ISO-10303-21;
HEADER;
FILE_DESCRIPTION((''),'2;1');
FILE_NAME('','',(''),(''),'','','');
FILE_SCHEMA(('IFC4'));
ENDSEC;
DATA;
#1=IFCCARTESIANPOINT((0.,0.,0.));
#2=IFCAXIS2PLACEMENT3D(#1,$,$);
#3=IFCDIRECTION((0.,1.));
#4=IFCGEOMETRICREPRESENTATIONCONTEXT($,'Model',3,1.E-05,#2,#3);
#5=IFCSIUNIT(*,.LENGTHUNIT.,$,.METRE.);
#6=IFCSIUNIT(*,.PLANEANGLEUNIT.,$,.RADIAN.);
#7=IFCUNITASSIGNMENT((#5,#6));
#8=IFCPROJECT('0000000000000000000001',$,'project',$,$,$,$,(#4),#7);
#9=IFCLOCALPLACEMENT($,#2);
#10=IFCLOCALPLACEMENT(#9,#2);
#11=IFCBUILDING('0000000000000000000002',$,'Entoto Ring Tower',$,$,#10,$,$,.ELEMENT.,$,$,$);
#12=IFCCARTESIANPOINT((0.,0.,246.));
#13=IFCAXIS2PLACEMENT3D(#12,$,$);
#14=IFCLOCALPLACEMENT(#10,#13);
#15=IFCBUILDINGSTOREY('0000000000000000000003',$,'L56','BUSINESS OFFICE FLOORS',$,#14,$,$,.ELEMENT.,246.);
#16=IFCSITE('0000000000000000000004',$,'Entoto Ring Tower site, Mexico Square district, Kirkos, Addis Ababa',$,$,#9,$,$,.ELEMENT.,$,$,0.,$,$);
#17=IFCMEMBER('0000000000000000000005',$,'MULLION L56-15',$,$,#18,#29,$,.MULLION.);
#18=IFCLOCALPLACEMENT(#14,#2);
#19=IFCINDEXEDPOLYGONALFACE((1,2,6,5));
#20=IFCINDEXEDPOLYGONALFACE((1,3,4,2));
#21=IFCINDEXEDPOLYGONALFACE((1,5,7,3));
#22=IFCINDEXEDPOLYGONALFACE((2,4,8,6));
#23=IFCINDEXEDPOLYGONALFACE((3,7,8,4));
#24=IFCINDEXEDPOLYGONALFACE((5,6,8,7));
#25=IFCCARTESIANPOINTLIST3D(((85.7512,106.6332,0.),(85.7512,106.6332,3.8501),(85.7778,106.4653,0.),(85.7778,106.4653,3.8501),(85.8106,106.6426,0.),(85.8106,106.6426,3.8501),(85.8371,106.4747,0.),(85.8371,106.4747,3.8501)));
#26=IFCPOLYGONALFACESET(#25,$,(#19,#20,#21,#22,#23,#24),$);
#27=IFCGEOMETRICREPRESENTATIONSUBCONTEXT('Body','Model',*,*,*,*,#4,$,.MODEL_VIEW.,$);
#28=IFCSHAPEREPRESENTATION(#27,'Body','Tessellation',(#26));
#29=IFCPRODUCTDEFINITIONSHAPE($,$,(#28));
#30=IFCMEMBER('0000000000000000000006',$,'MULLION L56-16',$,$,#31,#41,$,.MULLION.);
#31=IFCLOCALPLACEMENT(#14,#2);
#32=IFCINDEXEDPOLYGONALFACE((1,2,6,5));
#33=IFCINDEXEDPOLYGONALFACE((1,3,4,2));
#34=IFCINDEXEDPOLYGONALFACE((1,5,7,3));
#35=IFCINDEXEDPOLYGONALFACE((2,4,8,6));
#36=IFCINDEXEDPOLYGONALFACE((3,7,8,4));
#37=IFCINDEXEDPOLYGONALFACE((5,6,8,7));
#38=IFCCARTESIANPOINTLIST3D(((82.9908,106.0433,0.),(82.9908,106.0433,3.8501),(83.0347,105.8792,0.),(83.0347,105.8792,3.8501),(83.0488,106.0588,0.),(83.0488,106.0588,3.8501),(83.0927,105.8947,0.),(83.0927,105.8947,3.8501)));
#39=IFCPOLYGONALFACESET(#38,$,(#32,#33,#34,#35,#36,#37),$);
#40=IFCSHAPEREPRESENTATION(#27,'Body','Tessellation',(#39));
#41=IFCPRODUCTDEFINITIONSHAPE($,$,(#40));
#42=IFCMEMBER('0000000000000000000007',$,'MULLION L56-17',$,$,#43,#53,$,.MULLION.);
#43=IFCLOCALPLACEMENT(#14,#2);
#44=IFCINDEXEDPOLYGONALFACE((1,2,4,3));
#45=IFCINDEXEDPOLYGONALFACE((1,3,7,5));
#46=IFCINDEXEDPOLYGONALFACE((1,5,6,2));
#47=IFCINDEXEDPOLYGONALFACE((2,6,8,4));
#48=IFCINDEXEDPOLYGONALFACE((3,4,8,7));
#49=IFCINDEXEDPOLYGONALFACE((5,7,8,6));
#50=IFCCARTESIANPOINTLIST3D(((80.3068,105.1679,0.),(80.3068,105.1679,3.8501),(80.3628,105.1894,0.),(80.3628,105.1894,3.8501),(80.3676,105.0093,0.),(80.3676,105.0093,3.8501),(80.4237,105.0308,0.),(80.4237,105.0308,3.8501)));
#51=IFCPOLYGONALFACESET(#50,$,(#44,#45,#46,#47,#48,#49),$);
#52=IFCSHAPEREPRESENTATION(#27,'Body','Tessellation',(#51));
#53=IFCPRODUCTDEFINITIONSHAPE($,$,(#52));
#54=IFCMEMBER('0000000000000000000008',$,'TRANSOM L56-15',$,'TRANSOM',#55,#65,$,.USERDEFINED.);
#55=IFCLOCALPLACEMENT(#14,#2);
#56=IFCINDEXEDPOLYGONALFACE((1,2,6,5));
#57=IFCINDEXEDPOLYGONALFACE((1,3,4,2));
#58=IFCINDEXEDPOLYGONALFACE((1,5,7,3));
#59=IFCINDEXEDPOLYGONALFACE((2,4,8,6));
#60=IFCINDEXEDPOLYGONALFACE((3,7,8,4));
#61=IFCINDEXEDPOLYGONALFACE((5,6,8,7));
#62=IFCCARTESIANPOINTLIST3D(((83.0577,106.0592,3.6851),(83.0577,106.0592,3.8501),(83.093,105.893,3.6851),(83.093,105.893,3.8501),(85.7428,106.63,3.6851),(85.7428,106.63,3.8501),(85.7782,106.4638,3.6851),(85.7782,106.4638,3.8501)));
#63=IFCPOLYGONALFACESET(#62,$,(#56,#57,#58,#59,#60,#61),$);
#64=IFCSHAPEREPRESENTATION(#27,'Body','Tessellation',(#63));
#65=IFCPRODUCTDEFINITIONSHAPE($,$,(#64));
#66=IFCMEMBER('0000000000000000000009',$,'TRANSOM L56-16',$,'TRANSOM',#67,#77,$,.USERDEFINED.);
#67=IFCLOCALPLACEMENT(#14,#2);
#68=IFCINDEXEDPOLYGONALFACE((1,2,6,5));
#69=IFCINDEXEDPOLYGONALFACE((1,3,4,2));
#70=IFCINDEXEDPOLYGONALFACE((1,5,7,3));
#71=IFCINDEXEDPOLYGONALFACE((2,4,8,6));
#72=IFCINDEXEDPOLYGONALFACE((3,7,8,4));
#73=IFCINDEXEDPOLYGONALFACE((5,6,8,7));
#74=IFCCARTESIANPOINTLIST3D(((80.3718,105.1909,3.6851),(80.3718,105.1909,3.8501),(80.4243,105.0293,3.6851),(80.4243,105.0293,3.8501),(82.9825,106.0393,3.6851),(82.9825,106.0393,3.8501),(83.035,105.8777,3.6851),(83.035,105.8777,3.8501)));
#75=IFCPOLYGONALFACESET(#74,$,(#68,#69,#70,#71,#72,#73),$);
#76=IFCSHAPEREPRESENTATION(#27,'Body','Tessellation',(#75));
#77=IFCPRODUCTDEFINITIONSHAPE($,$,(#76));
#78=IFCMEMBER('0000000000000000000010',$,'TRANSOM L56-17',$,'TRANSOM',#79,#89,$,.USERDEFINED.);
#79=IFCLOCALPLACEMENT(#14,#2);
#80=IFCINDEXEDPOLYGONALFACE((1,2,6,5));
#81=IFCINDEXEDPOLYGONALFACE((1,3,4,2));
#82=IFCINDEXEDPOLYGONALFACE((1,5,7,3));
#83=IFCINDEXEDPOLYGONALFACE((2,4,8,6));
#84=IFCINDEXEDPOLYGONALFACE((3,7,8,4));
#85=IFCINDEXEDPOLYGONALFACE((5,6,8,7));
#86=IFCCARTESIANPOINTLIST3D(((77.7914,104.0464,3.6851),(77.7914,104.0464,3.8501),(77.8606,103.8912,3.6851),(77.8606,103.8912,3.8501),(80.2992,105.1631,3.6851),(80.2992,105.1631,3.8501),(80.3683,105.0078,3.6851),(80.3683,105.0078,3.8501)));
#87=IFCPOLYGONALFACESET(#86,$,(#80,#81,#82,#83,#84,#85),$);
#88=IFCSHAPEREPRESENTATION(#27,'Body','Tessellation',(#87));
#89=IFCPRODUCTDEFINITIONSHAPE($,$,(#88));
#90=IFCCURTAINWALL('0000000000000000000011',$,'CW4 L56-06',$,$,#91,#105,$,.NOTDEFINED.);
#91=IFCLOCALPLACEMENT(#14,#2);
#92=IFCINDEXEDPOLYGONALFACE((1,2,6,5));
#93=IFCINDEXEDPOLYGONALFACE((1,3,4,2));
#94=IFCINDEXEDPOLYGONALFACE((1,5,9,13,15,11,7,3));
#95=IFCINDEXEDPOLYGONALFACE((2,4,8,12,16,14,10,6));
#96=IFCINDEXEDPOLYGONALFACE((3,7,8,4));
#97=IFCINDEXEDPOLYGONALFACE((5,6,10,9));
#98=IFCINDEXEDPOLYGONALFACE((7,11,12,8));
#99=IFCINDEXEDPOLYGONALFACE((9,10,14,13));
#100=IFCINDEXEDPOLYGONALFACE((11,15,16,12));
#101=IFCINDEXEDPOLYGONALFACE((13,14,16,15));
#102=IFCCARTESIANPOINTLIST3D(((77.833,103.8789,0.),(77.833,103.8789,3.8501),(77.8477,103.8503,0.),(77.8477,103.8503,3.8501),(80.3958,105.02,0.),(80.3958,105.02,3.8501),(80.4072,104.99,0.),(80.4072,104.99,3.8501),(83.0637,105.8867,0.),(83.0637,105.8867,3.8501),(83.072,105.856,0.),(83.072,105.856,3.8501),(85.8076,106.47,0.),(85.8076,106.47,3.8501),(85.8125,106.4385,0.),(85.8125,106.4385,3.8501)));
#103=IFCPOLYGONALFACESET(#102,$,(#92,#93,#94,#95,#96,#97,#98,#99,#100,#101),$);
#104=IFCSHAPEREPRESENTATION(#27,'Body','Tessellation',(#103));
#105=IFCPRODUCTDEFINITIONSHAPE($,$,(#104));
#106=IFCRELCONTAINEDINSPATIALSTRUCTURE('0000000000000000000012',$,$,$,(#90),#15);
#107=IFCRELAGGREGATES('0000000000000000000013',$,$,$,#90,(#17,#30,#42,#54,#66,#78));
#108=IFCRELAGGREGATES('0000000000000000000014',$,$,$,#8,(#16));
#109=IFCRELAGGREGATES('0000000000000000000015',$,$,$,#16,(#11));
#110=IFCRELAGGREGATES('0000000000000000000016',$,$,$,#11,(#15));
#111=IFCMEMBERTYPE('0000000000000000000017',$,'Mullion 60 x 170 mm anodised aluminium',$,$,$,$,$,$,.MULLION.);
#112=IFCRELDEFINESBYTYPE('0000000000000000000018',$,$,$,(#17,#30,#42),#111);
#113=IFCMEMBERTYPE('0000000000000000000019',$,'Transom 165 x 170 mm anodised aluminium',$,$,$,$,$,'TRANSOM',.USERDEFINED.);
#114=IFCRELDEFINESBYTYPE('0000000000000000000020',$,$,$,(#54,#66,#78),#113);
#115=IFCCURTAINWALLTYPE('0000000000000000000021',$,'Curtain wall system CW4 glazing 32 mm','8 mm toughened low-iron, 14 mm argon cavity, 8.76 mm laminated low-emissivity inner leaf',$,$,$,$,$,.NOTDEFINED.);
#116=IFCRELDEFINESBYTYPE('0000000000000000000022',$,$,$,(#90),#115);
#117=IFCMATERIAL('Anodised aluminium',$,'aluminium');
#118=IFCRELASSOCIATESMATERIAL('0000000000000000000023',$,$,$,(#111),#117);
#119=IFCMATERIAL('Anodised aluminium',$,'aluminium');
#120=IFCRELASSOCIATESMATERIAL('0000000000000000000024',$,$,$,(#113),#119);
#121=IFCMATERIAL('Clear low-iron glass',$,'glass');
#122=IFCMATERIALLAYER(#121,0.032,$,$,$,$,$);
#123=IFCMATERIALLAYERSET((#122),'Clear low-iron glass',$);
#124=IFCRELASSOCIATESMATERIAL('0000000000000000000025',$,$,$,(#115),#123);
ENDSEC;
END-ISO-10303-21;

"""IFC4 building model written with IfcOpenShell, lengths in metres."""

from ifc_helpers import new_model, si_unit, direction, frame, origin, origin_2d, place, context, subcontext, project, spatial, polyline, rectangle, outline, extrude, material, layer, layer_set, material_profile, profile_set, type_object, element, aggregate, save


model = new_model("IFC4")

# Units and contexts
model_context = context("Model", 3, precision=1e-05, world=origin(), true_north=direction((0.0, 1.0)))
body_context = subcontext(model_context, "Body", "Model", "MODEL_VIEW")
ifc_project = project(units=[si_unit("LENGTHUNIT", "METRE"), si_unit("PLANEANGLEUNIT", "RADIAN")], contexts=[model_context])

# Members
ifc_material_1 = material(Name="Anodised aluminium", Category="aluminium")
ifc_material_profile_1 = material_profile(ifc_material_1, rectangle(XDim=0.0601, YDim=0.1699, at=origin_2d()), Name="Mullion 60 x 170 mm anodised aluminium")
ifc_profile_set_1 = profile_set([ifc_material_profile_1], Name="Anodised aluminium")
member_type_1 = type_object("IfcMemberType", Name="Mullion 60 x 170 mm anodised aluminium", PredefinedType="MULLION", material=ifc_profile_set_1)
site_placement = place(None, origin())
building_placement = place(site_placement, origin())
storey_placement = place(building_placement, frame((0.0, 0.0, 246.0)))
member_1_placement = place(storey_placement, frame((85.7942, 106.554, 0.0), z_axis=(0.0, 0.0, 1.0), x_axis=(-0.987688, -0.156434, 0.0)))
member_1 = element("IfcMember", 1, at=member_1_placement, type_object=member_type_1, Name="MULLION L56-15", PredefinedType="MULLION", context=body_context, shape_type="SweptSolid", body=[
    extrude(rectangle(XDim=0.0601, YDim=0.1699, at=origin_2d()), origin(), (0.0, 0.0, 1.0), 3.8501),
])
member_2_placement = place(storey_placement, frame((83.0417, 105.969, 0.0), z_axis=(0.0, 0.0, 1.0), x_axis=(-0.965926, -0.258819, 0.0)))
member_2 = element("IfcMember", 2, at=member_2_placement, type_object=member_type_1, Name="MULLION L56-16", PredefinedType="MULLION", context=body_context, shape_type="SweptSolid", body=[
    extrude(rectangle(XDim=0.0601, YDim=0.1699, at=origin_2d()), origin(), (0.0, 0.0, 1.0), 3.8501),
])
member_3_placement = place(storey_placement, frame((80.3652, 105.0994, 0.0), z_axis=(0.0, 0.0, 1.0), x_axis=(-0.93358, -0.358368, 0.0)))
member_3 = element("IfcMember", 3, at=member_3_placement, type_object=member_type_1, Name="MULLION L56-17", PredefinedType="MULLION", context=body_context, shape_type="SweptSolid", body=[
    extrude(rectangle(XDim=0.0601, YDim=0.1699, at=origin_2d()), origin(), (0.0, 0.0, 1.0), 3.8501),
])
ifc_material_2 = material(Name="Anodised aluminium", Category="aluminium")
ifc_material_profile_2 = material_profile(ifc_material_2, rectangle(XDim=0.1699, YDim=0.165, at=origin_2d()), Name="Transom 165 x 170 mm anodised aluminium")
ifc_profile_set_2 = profile_set([ifc_material_profile_2], Name="Anodised aluminium")
member_type_2 = type_object("IfcMemberType", Name="Transom 165 x 170 mm anodised aluminium", ElementType="TRANSOM", PredefinedType="USERDEFINED", material=ifc_profile_set_2)
member_4_placement = place(storey_placement, frame((85.7605, 106.5469, 3.7676), z_axis=(-0.978142, -0.207937, 0.0), x_axis=(0.207937, -0.978142, 0.0)))
member_4 = element("IfcMember", 4, at=member_4_placement, type_object=member_type_2, Name="TRANSOM L56-15", ObjectType="TRANSOM", PredefinedType="USERDEFINED", context=body_context, shape_type="SweptSolid", body=[
    extrude(rectangle(XDim=0.1699, YDim=0.165, at=origin_2d()), origin(), (0.0, 0.0, 1.0), 2.7451),
])
member_5_placement = place(storey_placement, frame((83.0088, 105.9585, 3.7676), z_axis=(-0.951048, -0.309042, 0.0), x_axis=(0.309042, -0.951048, 0.0)))
member_5 = element("IfcMember", 5, at=member_5_placement, type_object=member_type_2, Name="TRANSOM L56-16", ObjectType="TRANSOM", PredefinedType="USERDEFINED", context=body_context, shape_type="SweptSolid", body=[
    extrude(rectangle(XDim=0.1699, YDim=0.165, at=origin_2d()), origin(), (0.0, 0.0, 1.0), 2.7451),
])
member_6_placement = place(storey_placement, frame((80.3337, 105.0854, 3.7676), z_axis=(-0.913525, -0.406782, 0.0), x_axis=(0.406782, -0.913525, 0.0)))
member_6 = element("IfcMember", 6, at=member_6_placement, type_object=member_type_2, Name="TRANSOM L56-17", ObjectType="TRANSOM", PredefinedType="USERDEFINED", context=body_context, shape_type="SweptSolid", body=[
    extrude(rectangle(XDim=0.1699, YDim=0.165, at=origin_2d()), origin(), (0.0, 0.0, 1.0), 2.7451),
])

# Site, building, storey
site = spatial("IfcSite", under=ifc_project, at=site_placement, Name="Entoto Ring Tower site, Mexico Square district, Kirkos, Addis Ababa", CompositionType="ELEMENT", RefElevation=0.0)
building = spatial("IfcBuilding", under=site, at=building_placement, Name="Entoto Ring Tower", CompositionType="ELEMENT")
storey = spatial("IfcBuildingStorey", under=building, at=storey_placement, Name="L56", Description="BUSINESS OFFICE FLOORS", CompositionType="ELEMENT", Elevation=246.0)

# Curtain wall
ifc_material_3 = material(Name="Clear low-iron glass", Category="glass")
ifc_layer = layer(ifc_material_3, 0.032)
ifc_layer_set = layer_set([ifc_layer], Name="Clear low-iron glass")
curtain_wall_type = type_object("IfcCurtainWallType", Name="Curtain wall system CW4 glazing 32 mm", Description="8 mm toughened low-iron, 14 mm argon cavity, 8.76 mm laminated low-emissivity inner leaf", PredefinedType="NOTDEFINED", material=ifc_layer_set)
curtain_wall_1_placement = place(storey_placement, origin())
curtain_wall_1 = element("IfcCurtainWall", 7, at=curtain_wall_1_placement, inside=storey, type_object=curtain_wall_type, Name="CW4 L56-06", PredefinedType="NOTDEFINED", context=body_context, shape_type="SweptSolid", body=[
    extrude(outline(polyline([(85.8076, 106.47), (83.0637, 105.8867), (80.3958, 105.02), (77.833, 103.8789), (77.8477, 103.8503), (80.4072, 104.99), (83.072, 105.856), (85.8125, 106.4385), (85.8076, 106.47)])), origin(), (0.0, 0.0, 1.0), 3.8501),
])
aggregate(curtain_wall_1, [member_1, member_2, member_3, member_4, member_5, member_6])

save(model, "model.ifc")
